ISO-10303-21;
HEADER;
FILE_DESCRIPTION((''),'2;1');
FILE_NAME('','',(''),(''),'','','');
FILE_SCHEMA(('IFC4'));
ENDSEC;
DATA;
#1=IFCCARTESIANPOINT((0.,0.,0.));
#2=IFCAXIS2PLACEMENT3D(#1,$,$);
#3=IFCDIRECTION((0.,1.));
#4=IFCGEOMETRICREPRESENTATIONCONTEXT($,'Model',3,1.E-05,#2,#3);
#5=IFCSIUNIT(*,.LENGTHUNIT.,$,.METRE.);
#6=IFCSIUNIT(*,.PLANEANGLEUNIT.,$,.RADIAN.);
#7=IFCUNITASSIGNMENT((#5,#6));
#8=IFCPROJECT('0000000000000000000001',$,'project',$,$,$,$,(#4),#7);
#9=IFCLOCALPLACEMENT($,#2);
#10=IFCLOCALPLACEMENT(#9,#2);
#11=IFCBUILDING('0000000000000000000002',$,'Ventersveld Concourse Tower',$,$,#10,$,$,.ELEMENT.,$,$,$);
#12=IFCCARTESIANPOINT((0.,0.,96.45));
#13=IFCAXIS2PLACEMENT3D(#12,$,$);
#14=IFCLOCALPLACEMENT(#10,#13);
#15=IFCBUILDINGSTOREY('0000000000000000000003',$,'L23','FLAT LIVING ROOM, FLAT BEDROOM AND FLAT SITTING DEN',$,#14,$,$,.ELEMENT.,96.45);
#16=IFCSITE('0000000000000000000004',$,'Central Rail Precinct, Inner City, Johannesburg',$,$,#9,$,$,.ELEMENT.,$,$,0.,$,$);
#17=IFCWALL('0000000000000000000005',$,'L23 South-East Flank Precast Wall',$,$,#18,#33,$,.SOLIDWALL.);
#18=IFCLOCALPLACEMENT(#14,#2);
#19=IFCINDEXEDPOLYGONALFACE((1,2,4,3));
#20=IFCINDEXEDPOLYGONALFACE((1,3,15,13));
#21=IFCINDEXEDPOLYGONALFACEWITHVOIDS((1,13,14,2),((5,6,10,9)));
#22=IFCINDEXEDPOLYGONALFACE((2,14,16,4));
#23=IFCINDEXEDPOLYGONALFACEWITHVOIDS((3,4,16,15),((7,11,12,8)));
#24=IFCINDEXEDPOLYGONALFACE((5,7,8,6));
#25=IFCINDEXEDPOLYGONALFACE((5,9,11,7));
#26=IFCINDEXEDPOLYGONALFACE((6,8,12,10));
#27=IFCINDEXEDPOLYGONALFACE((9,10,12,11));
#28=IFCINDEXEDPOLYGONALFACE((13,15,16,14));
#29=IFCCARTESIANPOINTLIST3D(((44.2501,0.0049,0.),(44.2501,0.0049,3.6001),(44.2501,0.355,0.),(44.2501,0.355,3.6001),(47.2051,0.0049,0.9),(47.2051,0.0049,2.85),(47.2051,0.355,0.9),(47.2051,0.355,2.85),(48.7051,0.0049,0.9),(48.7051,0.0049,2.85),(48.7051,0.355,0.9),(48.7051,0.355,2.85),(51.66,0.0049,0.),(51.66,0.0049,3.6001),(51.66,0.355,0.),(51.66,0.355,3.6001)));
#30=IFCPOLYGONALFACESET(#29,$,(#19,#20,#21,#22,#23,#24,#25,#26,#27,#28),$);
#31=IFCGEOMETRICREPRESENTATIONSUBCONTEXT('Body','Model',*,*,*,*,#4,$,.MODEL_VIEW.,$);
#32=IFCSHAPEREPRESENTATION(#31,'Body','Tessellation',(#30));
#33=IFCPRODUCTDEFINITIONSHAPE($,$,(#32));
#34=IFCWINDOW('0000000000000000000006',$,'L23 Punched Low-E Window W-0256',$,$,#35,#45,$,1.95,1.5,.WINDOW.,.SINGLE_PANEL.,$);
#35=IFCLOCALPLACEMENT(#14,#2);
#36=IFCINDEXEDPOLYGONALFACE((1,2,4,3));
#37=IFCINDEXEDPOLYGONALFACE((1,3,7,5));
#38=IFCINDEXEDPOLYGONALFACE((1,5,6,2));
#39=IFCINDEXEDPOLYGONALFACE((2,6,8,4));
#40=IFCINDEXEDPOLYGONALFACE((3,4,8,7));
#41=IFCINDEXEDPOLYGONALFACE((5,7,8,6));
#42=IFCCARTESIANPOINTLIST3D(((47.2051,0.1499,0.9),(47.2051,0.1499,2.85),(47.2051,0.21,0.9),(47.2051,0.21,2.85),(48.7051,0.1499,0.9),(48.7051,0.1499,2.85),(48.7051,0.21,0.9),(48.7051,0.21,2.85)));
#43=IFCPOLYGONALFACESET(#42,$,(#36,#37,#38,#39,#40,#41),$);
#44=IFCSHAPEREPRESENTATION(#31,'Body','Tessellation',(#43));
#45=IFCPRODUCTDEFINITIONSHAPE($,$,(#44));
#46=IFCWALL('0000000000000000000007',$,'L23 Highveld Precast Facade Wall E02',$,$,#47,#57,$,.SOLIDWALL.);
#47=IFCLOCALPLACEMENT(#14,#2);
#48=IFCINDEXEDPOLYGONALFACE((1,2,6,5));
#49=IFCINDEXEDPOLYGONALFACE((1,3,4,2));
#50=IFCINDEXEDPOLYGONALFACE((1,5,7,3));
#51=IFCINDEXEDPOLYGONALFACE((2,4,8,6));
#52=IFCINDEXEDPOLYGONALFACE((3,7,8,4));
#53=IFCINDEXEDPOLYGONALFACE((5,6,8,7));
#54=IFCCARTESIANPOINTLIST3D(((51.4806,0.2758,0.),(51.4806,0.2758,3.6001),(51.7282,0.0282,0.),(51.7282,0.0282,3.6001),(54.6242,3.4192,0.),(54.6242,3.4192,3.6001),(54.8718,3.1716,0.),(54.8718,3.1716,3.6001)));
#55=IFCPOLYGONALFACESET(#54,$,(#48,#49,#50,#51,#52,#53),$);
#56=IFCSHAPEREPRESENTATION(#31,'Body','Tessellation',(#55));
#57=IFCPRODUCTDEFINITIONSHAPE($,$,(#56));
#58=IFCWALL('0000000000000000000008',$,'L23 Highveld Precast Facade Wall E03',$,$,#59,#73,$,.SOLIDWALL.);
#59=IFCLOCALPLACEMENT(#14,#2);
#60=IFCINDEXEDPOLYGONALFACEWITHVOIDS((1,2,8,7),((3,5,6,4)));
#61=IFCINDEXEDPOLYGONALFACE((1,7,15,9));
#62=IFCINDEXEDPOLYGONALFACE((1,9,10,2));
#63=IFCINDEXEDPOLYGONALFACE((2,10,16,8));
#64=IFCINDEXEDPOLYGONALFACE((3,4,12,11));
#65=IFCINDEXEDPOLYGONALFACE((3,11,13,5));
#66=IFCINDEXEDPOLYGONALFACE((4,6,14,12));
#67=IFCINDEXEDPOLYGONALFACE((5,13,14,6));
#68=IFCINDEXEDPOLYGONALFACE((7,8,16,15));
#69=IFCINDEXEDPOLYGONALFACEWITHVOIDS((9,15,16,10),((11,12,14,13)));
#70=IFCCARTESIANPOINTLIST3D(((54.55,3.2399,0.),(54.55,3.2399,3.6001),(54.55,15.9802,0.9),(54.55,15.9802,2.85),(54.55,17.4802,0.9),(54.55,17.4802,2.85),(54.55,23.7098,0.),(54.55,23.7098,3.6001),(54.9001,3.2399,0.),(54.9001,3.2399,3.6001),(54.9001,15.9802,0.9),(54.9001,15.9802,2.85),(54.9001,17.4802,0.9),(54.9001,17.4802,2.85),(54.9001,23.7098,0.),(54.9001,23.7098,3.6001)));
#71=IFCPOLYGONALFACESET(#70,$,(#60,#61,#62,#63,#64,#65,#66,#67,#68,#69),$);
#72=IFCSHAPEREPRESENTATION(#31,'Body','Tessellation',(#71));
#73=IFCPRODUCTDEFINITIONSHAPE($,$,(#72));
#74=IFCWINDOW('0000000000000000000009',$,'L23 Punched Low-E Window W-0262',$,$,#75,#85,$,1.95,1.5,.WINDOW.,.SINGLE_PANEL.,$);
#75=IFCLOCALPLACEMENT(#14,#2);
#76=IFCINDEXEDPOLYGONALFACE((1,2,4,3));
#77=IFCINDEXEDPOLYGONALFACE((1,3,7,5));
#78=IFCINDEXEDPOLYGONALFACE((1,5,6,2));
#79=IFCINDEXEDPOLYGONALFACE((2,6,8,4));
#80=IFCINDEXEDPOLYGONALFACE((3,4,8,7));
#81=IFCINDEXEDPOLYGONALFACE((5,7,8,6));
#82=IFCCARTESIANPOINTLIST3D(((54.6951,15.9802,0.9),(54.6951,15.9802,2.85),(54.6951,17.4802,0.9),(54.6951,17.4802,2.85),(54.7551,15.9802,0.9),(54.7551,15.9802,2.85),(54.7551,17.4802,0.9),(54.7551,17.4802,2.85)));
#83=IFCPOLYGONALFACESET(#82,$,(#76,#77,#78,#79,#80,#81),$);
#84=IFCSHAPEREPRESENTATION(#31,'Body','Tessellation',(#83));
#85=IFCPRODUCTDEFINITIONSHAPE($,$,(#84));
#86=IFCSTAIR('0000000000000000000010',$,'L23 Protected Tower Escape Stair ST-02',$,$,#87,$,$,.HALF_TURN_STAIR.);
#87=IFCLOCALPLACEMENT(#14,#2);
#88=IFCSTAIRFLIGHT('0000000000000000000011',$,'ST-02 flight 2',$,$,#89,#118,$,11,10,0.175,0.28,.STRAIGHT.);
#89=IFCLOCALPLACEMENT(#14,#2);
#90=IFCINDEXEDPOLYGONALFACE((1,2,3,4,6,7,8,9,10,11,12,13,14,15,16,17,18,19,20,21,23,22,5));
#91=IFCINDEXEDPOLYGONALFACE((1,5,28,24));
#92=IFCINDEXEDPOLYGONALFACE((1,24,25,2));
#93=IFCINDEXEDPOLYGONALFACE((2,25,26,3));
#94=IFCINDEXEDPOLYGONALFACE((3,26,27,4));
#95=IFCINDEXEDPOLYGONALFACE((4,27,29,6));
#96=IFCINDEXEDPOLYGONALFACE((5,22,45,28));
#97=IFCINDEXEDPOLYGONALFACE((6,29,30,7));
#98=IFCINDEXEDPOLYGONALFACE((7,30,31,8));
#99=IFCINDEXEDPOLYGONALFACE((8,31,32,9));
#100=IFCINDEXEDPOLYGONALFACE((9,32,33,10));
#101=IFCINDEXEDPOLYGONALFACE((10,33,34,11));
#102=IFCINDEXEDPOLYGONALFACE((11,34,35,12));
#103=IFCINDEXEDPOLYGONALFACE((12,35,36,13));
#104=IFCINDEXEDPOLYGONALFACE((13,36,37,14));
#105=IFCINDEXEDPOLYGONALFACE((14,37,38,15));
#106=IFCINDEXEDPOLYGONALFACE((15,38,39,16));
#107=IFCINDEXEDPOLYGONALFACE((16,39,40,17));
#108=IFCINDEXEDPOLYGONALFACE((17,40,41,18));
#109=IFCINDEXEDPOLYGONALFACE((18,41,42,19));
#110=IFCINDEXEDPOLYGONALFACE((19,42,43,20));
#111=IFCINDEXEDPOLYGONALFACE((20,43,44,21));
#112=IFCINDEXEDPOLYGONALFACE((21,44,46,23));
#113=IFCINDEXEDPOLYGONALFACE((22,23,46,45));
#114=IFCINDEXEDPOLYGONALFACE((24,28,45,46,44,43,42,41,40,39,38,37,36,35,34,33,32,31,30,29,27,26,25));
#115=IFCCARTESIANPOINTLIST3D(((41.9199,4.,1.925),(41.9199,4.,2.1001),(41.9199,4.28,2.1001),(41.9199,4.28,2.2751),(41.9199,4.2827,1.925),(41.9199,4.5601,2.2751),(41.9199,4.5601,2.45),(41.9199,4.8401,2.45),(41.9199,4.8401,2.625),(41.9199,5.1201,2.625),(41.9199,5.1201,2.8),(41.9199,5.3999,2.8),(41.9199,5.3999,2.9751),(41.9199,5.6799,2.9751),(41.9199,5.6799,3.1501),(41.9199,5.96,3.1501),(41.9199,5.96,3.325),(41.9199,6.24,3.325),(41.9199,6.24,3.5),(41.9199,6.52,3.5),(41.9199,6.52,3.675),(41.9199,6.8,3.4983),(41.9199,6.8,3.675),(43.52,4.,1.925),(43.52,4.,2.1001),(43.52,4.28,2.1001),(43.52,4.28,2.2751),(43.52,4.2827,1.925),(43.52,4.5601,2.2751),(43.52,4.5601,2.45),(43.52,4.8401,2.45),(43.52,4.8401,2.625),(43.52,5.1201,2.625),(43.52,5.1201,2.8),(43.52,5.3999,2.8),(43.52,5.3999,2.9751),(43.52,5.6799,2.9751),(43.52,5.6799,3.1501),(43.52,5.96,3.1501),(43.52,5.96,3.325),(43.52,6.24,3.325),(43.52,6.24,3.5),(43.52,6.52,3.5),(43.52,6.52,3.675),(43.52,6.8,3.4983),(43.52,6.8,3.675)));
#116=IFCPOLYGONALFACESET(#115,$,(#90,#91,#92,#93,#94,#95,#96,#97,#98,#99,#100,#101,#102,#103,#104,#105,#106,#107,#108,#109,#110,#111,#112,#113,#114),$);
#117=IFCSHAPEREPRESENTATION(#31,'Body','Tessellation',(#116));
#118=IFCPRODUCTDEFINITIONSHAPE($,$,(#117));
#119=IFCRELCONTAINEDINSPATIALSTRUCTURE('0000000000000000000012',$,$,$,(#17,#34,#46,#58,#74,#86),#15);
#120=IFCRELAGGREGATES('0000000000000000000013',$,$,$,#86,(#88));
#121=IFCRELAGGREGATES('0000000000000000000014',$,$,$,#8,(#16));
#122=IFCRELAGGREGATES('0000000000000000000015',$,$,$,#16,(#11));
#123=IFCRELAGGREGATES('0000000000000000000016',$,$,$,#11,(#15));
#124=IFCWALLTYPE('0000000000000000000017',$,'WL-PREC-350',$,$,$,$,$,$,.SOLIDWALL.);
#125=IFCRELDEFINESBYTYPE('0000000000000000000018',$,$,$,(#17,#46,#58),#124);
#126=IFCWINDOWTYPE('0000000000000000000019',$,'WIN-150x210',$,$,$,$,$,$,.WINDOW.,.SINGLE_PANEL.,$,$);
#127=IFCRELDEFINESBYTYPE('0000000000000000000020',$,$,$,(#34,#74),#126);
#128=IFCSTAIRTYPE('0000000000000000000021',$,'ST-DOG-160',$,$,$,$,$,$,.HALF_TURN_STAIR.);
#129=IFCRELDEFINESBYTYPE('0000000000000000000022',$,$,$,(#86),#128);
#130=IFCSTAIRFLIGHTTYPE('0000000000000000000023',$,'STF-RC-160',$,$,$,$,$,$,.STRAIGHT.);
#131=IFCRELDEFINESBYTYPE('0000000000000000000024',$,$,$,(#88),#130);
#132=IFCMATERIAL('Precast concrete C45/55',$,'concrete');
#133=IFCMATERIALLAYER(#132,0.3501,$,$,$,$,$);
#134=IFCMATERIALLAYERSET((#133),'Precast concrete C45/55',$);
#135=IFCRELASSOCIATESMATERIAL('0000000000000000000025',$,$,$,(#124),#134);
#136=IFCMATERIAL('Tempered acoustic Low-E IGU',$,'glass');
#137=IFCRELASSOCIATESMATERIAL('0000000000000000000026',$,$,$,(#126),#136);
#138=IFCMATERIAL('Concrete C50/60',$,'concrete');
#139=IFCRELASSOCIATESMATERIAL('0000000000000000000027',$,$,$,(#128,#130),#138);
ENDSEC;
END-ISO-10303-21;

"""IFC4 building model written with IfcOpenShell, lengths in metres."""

from ifc_helpers import new_model, si_unit, direction, frame, frame_2d, origin, place, context, subcontext, project, spatial, polyline, rectangle, outline, extrude, material, layer, layer_set, type_object, element, fill, aggregate, save


model = new_model("IFC4")

# Units and contexts
model_context = context("Model", 3, precision=1e-05, world=origin(), true_north=direction((0.0, 1.0)))
body_context = subcontext(model_context, "Body", "Model", "MODEL_VIEW")
ifc_project = project(units=[si_unit("LENGTHUNIT", "METRE"), si_unit("PLANEANGLEUNIT", "RADIAN")], contexts=[model_context])

# Site, building, storey
site_placement = place(None, origin())
site = spatial("IfcSite", under=ifc_project, at=site_placement, Name="Central Rail Precinct, Inner City, Johannesburg", CompositionType="ELEMENT", RefElevation=0.0)
building_placement = place(site_placement, origin())
building = spatial("IfcBuilding", under=site, at=building_placement, Name="Ventersveld Concourse Tower", CompositionType="ELEMENT")
storey_placement = place(building_placement, frame((0.0, 0.0, 96.45)))
storey = spatial("IfcBuildingStorey", under=building, at=storey_placement, Name="L23", Description="FLAT LIVING ROOM, FLAT BEDROOM AND FLAT SITTING DEN", CompositionType="ELEMENT", Elevation=96.45)

# Shared definitions
ifc_material_1 = material(Name="Concrete C50/60", Category="concrete")

# Wall, opening, window
ifc_material_2 = material(Name="Precast concrete C45/55", Category="concrete")
ifc_layer_1 = layer(ifc_material_2, 0.3501)
ifc_layer_set_1 = layer_set([ifc_layer_1], Name="Precast concrete C45/55")
wall_type_1 = type_object("IfcWallType", Name="WL-PREC-350", PredefinedType="SOLIDWALL", material=ifc_layer_set_1)
wall_1_placement = place(storey_placement, frame((44.25, 0.1799, 0.0), z_axis=(0.0, 0.0, 1.0), x_axis=(1.0, 0.0, 0.0)))
wall_1 = element("IfcWall", 1, at=wall_1_placement, inside=storey, type_object=wall_type_1, Name="L23 South-East Flank Precast Wall", PredefinedType="SOLIDWALL", context=body_context, shape_type="SweptSolid", body=[
    extrude(rectangle(XDim=7.4099, YDim=0.3501, at=frame_2d((3.7051, 0.0))), origin(), (0.0, 0.0, 1.0), 3.6001),
])
opening_1_placement = place(wall_1_placement, frame((2.9551, 0.0, 0.8999)))
opening_1 = element("IfcOpeningElement", 2, at=opening_1_placement, cuts=wall_1, PredefinedType="OPENING", context=body_context, shape_type="SweptSolid", body=[
    extrude(rectangle(XDim=1.5, YDim=1.95, at=frame_2d((0.75, 0.9751))), frame((0.0, 0.1851, 0.0), z_axis=(0.0, -1.0, 0.0), x_axis=(1.0, 0.0, 0.0)), (0.0, 0.0, 1.0), 0.3701),
])
ifc_material_3 = material(Name="Tempered acoustic Low-E IGU", Category="glass")
window_type = type_object("IfcWindowType", Name="WIN-150x210", PartitioningType="SINGLE_PANEL", PredefinedType="WINDOW", material=ifc_material_3)
window_1_placement = place(opening_1_placement, origin())
window_1 = element("IfcWindow", 3, at=window_1_placement, inside=storey, type_object=window_type, Name="L23 Punched Low-E Window W-0256", OverallHeight=1.95, OverallWidth=1.5, PartitioningType="SINGLE_PANEL", PredefinedType="WINDOW", context=body_context, shape_type="SweptSolid", body=[
    extrude(rectangle(XDim=1.5, YDim=1.95, at=frame_2d((0.75, 0.9751))), frame((0.0, 0.03, 0.0), z_axis=(0.0, -1.0, 0.0), x_axis=(1.0, 0.0, 0.0)), (0.0, 0.0, 1.0), 0.0601),
])
fill(opening_1, window_1)

# Wall
wall_2_placement = place(storey_placement, frame((51.6045, 0.1521, 0.0), z_axis=(0.0, 0.0, 1.0), x_axis=(0.707134, 0.707079, 0.0)))
element("IfcWall", 4, at=wall_2_placement, inside=storey, type_object=wall_type_1, Name="L23 Highveld Precast Facade Wall E02", PredefinedType="SOLIDWALL", context=body_context, shape_type="SweptSolid", body=[
    extrude(rectangle(XDim=4.4456, YDim=0.3501, at=frame_2d((2.2227, 0.0))), origin(), (0.0, 0.0, 1.0), 3.6001),
])

# Wall, opening, window
wall_3_placement = place(storey_placement, frame((54.7251, 3.24, 0.0), z_axis=(0.0, 0.0, 1.0), x_axis=(0.0, 1.0, 0.0)))
wall_3 = element("IfcWall", 5, at=wall_3_placement, inside=storey, type_object=wall_type_1, Name="L23 Highveld Precast Facade Wall E03", PredefinedType="SOLIDWALL", context=body_context, shape_type="SweptSolid", body=[
    extrude(rectangle(XDim=20.47, YDim=0.3501, at=frame_2d((10.2349, 0.0))), origin(), (0.0, 0.0, 1.0), 3.6001),
])
opening_2_placement = place(wall_3_placement, frame((12.7402, 0.0, 0.8999)))
opening_2 = element("IfcOpeningElement", 6, at=opening_2_placement, cuts=wall_3, PredefinedType="OPENING", context=body_context, shape_type="SweptSolid", body=[
    extrude(rectangle(XDim=1.5, YDim=1.95, at=frame_2d((0.75, 0.9751))), frame((0.0, 0.1851, 0.0), z_axis=(0.0, -1.0, 0.0), x_axis=(1.0, 0.0, 0.0)), (0.0, 0.0, 1.0), 0.3701),
])
window_2_placement = place(opening_2_placement, origin())
window_2 = element("IfcWindow", 7, at=window_2_placement, inside=storey, type_object=window_type, Name="L23 Punched Low-E Window W-0262", OverallHeight=1.95, OverallWidth=1.5, PartitioningType="SINGLE_PANEL", PredefinedType="WINDOW", context=body_context, shape_type="SweptSolid", body=[
    extrude(rectangle(XDim=1.5, YDim=1.95, at=frame_2d((0.75, 0.9751))), frame((0.0, 0.03, 0.0), z_axis=(0.0, -1.0, 0.0), x_axis=(1.0, 0.0, 0.0)), (0.0, 0.0, 1.0), 0.0601),
])
fill(opening_2, window_2)

# Stair, stair flight
stair_type = type_object("IfcStairType", Name="ST-DOG-160", PredefinedType="HALF_TURN_STAIR", material=ifc_material_1)
stair_placement = place(storey_placement, origin())
stair = element("IfcStair", 8, at=stair_placement, inside=storey, type_object=stair_type, Name="L23 Protected Tower Escape Stair ST-02", PredefinedType="HALF_TURN_STAIR")
stair_flight_type = type_object("IfcStairFlightType", Name="STF-RC-160", PredefinedType="STRAIGHT", material=ifc_material_1)
stair_flight_placement = place(storey_placement, frame((42.72, 4.0, 1.925), z_axis=(0.0, 0.0, 1.0), x_axis=(0.0, 1.0, 0.0)))
stair_flight = element("IfcStairFlight", 9, at=stair_flight_placement, type_object=stair_flight_type, Name="ST-02 flight 2", NumberOfRisers=11, NumberOfTreads=10, PredefinedType="STRAIGHT", RiserHeight=0.175, TreadLength=0.28, context=body_context, shape_type="SweptSolid", body=[
    extrude(outline(polyline([(0.0, 0.0), (0.0, 0.175), (0.28, 0.175), (0.28, 0.3501), (0.5601, 0.3501), (0.5601, 0.5249), (0.8401, 0.5249), (0.8401, 0.7), (1.1201, 0.7), (1.1201, 0.875), (1.3999, 0.875), (1.3999, 1.05), (1.6799, 1.05), (1.6799, 1.2251), (1.96, 1.2251), (1.96, 1.3999), (2.24, 1.3999), (2.24, 1.575), (2.52, 1.575), (2.52, 1.75), (2.8, 1.75), (2.8, 1.925), (2.8, 1.5732), (0.2827, 0.0), (0.0, 0.0)])), frame((0.0, 0.8, 0.0), z_axis=(0.0, -1.0, 0.0), x_axis=(1.0, 0.0, 0.0)), (0.0, 0.0, 1.0), 1.6001),
])
aggregate(stair, [stair_flight])

save(model, "model.ifc")
